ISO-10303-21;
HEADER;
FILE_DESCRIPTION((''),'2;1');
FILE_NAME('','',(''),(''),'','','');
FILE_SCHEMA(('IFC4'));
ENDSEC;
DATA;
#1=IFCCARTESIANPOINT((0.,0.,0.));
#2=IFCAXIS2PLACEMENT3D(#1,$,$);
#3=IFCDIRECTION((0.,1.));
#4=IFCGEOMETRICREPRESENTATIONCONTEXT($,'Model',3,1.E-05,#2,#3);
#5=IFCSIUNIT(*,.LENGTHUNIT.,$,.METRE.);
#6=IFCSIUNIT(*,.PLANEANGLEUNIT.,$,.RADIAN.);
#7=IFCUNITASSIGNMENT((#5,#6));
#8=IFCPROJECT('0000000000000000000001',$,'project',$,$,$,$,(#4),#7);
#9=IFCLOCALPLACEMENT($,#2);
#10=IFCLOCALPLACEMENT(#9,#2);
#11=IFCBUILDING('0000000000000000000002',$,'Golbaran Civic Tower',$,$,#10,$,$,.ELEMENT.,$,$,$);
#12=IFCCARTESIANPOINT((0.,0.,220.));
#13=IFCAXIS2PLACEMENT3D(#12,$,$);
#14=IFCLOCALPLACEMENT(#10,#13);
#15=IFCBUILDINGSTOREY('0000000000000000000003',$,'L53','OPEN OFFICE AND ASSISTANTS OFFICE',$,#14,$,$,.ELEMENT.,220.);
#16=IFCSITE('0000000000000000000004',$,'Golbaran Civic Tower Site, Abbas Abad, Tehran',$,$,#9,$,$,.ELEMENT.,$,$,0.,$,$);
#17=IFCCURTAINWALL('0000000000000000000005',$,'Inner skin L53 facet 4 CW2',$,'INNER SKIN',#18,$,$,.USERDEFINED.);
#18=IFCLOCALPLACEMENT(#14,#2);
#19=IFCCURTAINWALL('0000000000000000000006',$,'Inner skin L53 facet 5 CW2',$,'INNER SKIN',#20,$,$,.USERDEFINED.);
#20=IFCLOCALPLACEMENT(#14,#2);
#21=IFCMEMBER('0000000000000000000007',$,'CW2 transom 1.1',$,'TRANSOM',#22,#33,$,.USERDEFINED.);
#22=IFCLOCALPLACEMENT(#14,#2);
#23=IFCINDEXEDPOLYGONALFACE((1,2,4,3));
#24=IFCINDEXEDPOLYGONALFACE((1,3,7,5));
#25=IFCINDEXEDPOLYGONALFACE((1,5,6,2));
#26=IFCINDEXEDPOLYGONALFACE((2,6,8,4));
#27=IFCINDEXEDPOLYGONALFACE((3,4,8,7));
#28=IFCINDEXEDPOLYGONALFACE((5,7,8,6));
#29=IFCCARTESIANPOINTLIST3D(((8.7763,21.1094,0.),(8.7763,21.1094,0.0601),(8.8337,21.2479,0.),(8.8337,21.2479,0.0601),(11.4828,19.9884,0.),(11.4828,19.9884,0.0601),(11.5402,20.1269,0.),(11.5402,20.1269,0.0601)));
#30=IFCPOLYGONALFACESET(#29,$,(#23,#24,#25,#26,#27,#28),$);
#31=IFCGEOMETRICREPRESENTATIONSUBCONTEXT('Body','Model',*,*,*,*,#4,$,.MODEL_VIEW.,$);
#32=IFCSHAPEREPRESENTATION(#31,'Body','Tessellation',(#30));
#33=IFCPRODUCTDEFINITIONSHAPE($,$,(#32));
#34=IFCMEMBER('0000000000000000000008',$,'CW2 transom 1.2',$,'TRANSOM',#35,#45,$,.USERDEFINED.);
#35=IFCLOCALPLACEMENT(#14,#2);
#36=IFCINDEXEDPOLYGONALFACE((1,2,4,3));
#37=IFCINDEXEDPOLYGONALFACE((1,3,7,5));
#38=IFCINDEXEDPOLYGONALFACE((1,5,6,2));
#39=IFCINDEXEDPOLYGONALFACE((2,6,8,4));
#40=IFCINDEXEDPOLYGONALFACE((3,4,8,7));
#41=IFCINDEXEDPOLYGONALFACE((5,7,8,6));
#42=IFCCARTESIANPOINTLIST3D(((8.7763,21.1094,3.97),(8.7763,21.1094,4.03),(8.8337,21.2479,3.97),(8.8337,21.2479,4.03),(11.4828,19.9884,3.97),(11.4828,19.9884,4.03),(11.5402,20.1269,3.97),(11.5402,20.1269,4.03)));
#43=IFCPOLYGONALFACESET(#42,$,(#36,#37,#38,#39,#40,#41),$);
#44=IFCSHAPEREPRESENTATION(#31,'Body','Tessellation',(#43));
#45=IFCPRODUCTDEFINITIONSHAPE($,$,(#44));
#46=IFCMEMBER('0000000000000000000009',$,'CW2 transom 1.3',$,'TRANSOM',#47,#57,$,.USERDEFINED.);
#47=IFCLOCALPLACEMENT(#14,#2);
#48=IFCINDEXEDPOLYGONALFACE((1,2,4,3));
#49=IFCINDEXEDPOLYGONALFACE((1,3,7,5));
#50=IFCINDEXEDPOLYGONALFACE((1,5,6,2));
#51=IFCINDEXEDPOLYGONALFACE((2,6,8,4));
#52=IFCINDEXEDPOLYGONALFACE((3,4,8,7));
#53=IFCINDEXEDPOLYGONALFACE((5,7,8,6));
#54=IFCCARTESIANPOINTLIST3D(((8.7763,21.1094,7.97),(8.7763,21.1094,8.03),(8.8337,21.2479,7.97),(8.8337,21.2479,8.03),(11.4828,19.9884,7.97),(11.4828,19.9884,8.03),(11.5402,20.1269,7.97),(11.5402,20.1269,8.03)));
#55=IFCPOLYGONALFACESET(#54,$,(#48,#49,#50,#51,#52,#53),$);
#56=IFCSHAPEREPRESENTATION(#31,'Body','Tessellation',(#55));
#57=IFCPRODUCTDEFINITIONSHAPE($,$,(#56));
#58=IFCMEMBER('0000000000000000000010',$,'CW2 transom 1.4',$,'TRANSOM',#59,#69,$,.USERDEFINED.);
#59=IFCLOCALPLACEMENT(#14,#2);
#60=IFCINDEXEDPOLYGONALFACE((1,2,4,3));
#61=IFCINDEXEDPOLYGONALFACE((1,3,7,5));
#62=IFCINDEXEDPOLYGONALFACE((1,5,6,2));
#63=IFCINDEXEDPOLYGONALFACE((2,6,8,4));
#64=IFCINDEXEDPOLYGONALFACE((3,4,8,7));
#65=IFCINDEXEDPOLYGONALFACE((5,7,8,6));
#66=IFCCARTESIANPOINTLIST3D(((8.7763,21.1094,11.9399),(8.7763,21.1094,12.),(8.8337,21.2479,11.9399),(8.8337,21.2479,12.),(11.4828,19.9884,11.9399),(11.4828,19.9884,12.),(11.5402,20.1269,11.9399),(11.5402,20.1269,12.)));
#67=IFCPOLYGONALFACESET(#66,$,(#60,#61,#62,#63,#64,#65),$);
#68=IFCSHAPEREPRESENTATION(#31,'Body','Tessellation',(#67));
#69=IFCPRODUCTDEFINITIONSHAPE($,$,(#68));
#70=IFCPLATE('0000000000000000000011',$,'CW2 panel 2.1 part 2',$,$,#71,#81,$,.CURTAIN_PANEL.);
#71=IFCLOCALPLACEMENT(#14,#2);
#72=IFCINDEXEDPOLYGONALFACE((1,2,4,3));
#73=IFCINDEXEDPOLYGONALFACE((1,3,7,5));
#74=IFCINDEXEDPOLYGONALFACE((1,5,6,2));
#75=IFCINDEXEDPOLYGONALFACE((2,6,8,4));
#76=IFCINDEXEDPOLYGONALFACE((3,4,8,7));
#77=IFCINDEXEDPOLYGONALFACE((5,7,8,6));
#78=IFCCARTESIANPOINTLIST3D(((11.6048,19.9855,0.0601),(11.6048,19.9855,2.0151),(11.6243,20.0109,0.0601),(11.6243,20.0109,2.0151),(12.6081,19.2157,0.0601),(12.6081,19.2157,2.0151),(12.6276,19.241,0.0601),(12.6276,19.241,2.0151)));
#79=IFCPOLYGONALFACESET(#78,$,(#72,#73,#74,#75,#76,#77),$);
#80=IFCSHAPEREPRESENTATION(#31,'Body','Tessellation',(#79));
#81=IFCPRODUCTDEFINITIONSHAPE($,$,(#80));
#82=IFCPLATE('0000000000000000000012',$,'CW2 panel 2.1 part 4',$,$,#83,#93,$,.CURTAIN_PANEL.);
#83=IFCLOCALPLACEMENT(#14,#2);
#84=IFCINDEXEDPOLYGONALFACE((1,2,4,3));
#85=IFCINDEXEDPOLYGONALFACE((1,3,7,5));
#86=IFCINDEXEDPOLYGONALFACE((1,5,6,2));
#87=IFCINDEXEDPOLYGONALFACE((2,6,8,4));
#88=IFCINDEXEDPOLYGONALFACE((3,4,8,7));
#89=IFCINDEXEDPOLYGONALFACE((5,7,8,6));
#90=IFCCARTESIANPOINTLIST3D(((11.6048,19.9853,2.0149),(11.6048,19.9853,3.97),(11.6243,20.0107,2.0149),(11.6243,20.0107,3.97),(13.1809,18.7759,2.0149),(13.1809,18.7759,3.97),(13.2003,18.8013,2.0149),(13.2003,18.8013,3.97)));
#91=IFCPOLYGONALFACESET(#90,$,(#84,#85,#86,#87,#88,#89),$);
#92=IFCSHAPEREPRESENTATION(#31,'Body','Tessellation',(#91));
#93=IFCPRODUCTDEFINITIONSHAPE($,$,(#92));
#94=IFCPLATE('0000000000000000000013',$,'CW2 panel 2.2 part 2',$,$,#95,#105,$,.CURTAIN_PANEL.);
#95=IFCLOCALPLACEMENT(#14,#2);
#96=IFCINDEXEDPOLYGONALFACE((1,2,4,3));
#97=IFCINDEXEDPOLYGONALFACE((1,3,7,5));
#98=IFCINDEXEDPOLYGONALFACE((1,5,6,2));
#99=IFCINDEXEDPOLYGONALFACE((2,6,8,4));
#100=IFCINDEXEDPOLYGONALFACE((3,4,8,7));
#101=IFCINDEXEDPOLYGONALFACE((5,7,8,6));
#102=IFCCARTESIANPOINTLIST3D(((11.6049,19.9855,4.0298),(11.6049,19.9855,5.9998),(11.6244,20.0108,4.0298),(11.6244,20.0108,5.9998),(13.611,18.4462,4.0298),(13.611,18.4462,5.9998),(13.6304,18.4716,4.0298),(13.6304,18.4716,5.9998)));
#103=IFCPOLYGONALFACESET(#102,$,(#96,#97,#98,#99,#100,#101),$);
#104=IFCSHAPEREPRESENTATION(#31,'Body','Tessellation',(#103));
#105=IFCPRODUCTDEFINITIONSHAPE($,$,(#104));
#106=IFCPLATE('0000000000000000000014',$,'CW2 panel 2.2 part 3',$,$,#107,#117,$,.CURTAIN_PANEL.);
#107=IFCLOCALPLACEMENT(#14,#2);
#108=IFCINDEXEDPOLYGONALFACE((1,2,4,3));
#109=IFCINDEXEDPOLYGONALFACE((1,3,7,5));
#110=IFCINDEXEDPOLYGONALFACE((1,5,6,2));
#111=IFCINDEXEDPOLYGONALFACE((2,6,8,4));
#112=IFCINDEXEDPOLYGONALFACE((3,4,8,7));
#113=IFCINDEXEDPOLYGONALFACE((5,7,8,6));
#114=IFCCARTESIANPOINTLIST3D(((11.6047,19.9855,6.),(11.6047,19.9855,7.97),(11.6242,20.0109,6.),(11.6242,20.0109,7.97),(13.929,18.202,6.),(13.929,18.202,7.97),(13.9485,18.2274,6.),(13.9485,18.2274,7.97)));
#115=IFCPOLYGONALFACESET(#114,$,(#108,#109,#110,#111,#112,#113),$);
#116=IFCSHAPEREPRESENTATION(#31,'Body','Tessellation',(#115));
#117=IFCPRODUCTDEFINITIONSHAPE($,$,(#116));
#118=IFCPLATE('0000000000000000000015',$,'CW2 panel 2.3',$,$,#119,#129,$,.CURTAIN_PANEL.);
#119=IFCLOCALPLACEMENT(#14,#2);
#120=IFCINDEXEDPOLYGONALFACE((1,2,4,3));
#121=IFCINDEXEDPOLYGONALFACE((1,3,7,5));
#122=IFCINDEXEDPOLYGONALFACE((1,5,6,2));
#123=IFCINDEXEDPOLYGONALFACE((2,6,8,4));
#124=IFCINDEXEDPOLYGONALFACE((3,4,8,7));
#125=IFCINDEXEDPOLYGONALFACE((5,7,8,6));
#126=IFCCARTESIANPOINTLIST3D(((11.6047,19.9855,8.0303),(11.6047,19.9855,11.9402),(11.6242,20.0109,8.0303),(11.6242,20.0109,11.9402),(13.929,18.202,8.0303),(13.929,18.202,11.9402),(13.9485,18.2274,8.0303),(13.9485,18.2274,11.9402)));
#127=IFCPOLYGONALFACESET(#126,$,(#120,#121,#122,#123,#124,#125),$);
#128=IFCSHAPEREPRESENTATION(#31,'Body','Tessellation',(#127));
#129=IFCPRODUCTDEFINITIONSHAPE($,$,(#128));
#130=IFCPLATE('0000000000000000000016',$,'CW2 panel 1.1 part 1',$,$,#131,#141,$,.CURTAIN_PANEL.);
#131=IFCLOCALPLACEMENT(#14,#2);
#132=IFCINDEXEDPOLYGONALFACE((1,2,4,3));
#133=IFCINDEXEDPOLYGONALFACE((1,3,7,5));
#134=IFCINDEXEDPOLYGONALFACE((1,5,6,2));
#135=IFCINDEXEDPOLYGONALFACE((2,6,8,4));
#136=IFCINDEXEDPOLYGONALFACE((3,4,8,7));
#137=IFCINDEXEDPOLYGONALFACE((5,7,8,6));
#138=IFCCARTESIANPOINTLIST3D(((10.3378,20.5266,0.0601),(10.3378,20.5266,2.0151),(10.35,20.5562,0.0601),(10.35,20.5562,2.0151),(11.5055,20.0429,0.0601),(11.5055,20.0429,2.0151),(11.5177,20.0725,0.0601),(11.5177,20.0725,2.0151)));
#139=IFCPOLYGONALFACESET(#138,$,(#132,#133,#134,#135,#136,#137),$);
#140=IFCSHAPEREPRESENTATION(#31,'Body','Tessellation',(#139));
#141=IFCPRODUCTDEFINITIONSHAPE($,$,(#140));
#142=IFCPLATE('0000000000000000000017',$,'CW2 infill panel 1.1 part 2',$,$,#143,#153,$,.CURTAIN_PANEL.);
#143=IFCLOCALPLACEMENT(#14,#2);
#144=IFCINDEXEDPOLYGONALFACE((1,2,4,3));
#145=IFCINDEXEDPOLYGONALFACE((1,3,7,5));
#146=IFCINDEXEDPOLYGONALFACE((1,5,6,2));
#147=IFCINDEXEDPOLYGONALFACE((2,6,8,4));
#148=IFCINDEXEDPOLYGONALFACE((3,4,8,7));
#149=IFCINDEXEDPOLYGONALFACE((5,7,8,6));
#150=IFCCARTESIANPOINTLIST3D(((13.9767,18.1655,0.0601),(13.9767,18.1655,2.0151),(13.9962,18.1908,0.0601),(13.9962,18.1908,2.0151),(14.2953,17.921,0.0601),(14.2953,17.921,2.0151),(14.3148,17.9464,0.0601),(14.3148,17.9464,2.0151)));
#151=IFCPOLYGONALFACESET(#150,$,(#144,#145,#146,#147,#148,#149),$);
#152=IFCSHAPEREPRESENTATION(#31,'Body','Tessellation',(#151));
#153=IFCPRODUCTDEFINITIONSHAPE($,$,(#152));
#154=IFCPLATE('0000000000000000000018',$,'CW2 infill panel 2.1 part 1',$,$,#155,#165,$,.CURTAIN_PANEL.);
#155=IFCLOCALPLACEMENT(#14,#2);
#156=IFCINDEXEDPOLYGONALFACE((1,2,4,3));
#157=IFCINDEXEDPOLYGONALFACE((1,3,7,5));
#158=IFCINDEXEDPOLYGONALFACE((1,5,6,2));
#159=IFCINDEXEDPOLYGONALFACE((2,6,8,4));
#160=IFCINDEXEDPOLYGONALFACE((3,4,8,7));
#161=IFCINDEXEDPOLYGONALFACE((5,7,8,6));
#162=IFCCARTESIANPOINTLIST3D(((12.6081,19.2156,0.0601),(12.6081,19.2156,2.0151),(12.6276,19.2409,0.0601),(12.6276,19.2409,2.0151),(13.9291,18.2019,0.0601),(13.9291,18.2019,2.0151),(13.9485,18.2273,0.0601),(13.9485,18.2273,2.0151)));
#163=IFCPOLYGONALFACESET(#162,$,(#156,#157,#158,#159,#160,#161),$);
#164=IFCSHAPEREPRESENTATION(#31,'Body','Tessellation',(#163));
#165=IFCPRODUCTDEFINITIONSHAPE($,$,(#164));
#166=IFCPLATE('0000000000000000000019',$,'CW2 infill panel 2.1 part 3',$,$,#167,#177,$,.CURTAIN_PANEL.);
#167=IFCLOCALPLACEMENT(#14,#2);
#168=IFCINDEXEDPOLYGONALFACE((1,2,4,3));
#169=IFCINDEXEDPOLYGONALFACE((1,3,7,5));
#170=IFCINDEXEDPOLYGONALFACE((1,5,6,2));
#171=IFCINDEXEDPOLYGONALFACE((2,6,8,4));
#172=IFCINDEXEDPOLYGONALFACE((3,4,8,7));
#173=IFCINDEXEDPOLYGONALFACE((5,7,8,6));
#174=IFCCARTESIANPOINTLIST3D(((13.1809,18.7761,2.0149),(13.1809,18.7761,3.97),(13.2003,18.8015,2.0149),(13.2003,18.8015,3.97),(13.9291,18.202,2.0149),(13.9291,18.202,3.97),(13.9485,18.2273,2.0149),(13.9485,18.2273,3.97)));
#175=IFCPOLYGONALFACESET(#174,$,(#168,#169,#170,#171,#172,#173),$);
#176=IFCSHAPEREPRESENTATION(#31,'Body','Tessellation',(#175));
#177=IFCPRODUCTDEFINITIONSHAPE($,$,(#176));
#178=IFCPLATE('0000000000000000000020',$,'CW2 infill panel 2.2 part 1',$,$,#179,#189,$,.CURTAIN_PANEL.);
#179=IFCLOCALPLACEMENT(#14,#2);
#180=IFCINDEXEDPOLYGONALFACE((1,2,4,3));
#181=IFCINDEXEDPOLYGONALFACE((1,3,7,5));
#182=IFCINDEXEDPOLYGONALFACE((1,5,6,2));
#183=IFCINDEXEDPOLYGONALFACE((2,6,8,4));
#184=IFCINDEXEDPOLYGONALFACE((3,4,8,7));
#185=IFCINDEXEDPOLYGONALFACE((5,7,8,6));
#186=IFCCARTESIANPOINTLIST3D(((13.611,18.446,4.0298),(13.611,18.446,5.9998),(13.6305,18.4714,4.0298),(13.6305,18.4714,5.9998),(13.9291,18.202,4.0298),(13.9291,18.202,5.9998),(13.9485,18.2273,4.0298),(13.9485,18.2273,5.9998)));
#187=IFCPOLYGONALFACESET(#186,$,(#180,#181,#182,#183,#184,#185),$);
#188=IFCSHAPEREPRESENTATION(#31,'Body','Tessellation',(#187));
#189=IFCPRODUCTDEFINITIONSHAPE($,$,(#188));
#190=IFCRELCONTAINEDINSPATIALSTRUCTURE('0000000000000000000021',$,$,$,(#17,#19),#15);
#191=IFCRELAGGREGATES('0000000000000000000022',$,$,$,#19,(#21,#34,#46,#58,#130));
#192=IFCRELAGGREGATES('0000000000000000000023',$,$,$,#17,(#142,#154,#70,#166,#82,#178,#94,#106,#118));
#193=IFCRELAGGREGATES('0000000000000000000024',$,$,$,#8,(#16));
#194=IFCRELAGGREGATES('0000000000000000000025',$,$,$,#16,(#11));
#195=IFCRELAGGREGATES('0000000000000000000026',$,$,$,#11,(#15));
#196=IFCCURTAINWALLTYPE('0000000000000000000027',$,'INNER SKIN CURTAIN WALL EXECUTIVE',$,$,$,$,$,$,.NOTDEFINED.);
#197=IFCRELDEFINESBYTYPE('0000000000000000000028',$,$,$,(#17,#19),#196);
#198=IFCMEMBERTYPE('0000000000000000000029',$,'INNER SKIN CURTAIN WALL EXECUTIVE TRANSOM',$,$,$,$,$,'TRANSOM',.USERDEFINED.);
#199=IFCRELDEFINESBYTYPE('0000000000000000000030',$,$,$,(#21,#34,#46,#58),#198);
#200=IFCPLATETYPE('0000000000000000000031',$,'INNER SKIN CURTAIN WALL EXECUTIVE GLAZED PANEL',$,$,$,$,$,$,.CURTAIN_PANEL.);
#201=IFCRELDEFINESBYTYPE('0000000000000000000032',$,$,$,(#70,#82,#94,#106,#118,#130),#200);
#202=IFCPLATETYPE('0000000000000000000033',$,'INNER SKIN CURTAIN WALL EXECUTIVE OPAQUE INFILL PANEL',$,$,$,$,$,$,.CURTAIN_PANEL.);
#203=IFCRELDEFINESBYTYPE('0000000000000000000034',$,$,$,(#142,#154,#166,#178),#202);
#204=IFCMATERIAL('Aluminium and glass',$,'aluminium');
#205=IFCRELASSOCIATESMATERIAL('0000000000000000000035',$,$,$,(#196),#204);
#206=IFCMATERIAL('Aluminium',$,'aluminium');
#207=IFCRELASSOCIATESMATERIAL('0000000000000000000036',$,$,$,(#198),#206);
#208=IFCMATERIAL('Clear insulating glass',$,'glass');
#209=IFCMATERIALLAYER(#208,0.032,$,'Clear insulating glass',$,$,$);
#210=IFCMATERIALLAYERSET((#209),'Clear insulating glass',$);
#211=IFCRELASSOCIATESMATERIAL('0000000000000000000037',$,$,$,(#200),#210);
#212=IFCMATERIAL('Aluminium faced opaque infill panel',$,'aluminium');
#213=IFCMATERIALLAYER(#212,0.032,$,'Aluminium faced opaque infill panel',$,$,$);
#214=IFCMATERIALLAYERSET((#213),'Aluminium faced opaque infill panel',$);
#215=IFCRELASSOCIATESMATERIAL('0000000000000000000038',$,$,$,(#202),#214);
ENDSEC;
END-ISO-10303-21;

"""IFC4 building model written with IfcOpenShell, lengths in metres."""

from ifc_helpers import new_model, si_unit, direction, frame, origin, origin_2d, place, context, subcontext, project, spatial, rectangle, extrude, material, layer, layer_set, material_profile, profile_set, type_object, element, aggregate, save


model = new_model("IFC4")

# Units and contexts
model_context = context("Model", 3, precision=1e-05, world=origin(), true_north=direction((0.0, 1.0)))
body_context = subcontext(model_context, "Body", "Model", "MODEL_VIEW")
ifc_project = project(units=[si_unit("LENGTHUNIT", "METRE"), si_unit("PLANEANGLEUNIT", "RADIAN")], contexts=[model_context])

# Site, building, storey
site_placement = place(None, origin())
site = spatial("IfcSite", under=ifc_project, at=site_placement, Name="Golbaran Civic Tower Site, Abbas Abad, Tehran", CompositionType="ELEMENT", RefElevation=0.0)
building_placement = place(site_placement, origin())
building = spatial("IfcBuilding", under=site, at=building_placement, Name="Golbaran Civic Tower", CompositionType="ELEMENT")
storey_placement = place(building_placement, frame((0.0, 0.0, 220.0)))
storey = spatial("IfcBuildingStorey", under=building, at=storey_placement, Name="L53", Description="OPEN OFFICE AND ASSISTANTS OFFICE", CompositionType="ELEMENT", Elevation=220.0)

# Curtain wall
ifc_material_1 = material(Name="Aluminium and glass", Category="aluminium")
curtain_wall_type = type_object("IfcCurtainWallType", Name="INNER SKIN CURTAIN WALL EXECUTIVE", PredefinedType="NOTDEFINED", material=ifc_material_1)
curtain_wall_1_placement = place(storey_placement, origin())
curtain_wall_1 = element("IfcCurtainWall", 1, at=curtain_wall_1_placement, inside=storey, type_object=curtain_wall_type, Name="Inner skin L53 facet 4 CW2", ObjectType="INNER SKIN", PredefinedType="USERDEFINED")
ifc_material_2 = material(Name="Aluminium", Category="aluminium")

# Curtain wall
curtain_wall_2_placement = place(storey_placement, origin())
curtain_wall_2 = element("IfcCurtainWall", 2, at=curtain_wall_2_placement, inside=storey, type_object=curtain_wall_type, Name="Inner skin L53 facet 5 CW2", ObjectType="INNER SKIN", PredefinedType="USERDEFINED")

# Members
ifc_material_profile_1 = material_profile(ifc_material_2, rectangle(XDim=0.1499, YDim=0.0601, at=origin_2d()), Name="INNER SKIN CURTAIN WALL EXECUTIVE TRANSOM")
ifc_profile_set_1 = profile_set([ifc_material_profile_1], Name="Aluminium")
member_type_1 = type_object("IfcMemberType", Name="INNER SKIN CURTAIN WALL EXECUTIVE TRANSOM", ElementType="TRANSOM", PredefinedType="USERDEFINED", material=ifc_profile_set_1)
member_1_placement = place(storey_placement, frame((11.5115, 20.0576, 0.03), z_axis=(-0.923879, 0.382685, 0.0), x_axis=(-0.382685, -0.923879, 0.0)))
member_1 = element("IfcMember", 3, at=member_1_placement, type_object=member_type_1, Name="CW2 transom 1.1", ObjectType="TRANSOM", PredefinedType="USERDEFINED", context=body_context, shape_type="SweptSolid", body=[
    extrude(rectangle(XDim=0.1499, YDim=0.0601, at=origin_2d()), origin(), (0.0, 0.0, 1.0), 2.9294),
])
member_2_placement = place(storey_placement, frame((11.5115, 20.0576, 4.0), z_axis=(-0.923879, 0.382685, 0.0), x_axis=(-0.382685, -0.923879, 0.0)))
member_2 = element("IfcMember", 4, at=member_2_placement, type_object=member_type_1, Name="CW2 transom 1.2", ObjectType="TRANSOM", PredefinedType="USERDEFINED", context=body_context, shape_type="SweptSolid", body=[
    extrude(rectangle(XDim=0.1499, YDim=0.0601, at=origin_2d()), origin(), (0.0, 0.0, 1.0), 2.9294),
])
member_3_placement = place(storey_placement, frame((11.5115, 20.0576, 8.0), z_axis=(-0.923879, 0.382685, 0.0), x_axis=(-0.382685, -0.923879, 0.0)))
member_3 = element("IfcMember", 5, at=member_3_placement, type_object=member_type_1, Name="CW2 transom 1.3", ObjectType="TRANSOM", PredefinedType="USERDEFINED", context=body_context, shape_type="SweptSolid", body=[
    extrude(rectangle(XDim=0.1499, YDim=0.0601, at=origin_2d()), origin(), (0.0, 0.0, 1.0), 2.9294),
])
member_4_placement = place(storey_placement, frame((11.5115, 20.0576, 11.97), z_axis=(-0.923879, 0.382685, 0.0), x_axis=(-0.382685, -0.923879, 0.0)))
member_4 = element("IfcMember", 6, at=member_4_placement, type_object=member_type_1, Name="CW2 transom 1.4", ObjectType="TRANSOM", PredefinedType="USERDEFINED", context=body_context, shape_type="SweptSolid", body=[
    extrude(rectangle(XDim=0.1499, YDim=0.0601, at=origin_2d()), origin(), (0.0, 0.0, 1.0), 2.9294),
])

# Plates
ifc_material_3 = material(Name="Clear insulating glass", Category="glass")
ifc_layer_1 = layer(ifc_material_3, 0.032, Name="Clear insulating glass")
ifc_layer_set_1 = layer_set([ifc_layer_1], Name="Clear insulating glass")
plate_type_1 = type_object("IfcPlateType", Name="INNER SKIN CURTAIN WALL EXECUTIVE GLAZED PANEL", PredefinedType="CURTAIN_PANEL", material=ifc_layer_set_1)
plate_1_placement = place(storey_placement, frame((12.1162, 19.6133, 0.0601), z_axis=(0.0, 0.0, 1.0), x_axis=(-0.793353, 0.608761, 0.0)))
plate_1 = element("IfcPlate", 7, at=plate_1_placement, type_object=plate_type_1, Name="CW2 panel 2.1 part 2", PredefinedType="CURTAIN_PANEL", context=body_context, shape_type="SweptSolid", body=[
    extrude(rectangle(XDim=1.2646, YDim=0.032, at=origin_2d()), origin(), (0.0, 0.0, 1.0), 1.9551),
])
plate_2_placement = place(storey_placement, frame((12.4026, 19.3933, 2.0149), z_axis=(0.0, 0.0, 1.0), x_axis=(-0.793353, 0.608761, 0.0)))
plate_2 = element("IfcPlate", 8, at=plate_2_placement, type_object=plate_type_1, Name="CW2 panel 2.1 part 4", PredefinedType="CURTAIN_PANEL", context=body_context, shape_type="SweptSolid", body=[
    extrude(rectangle(XDim=1.9866, YDim=0.032, at=origin_2d()), origin(), (0.0, 0.0, 1.0), 1.9551),
])
plate_3_placement = place(storey_placement, frame((12.6177, 19.2285, 4.0298), z_axis=(0.0, 0.0, 1.0), x_axis=(-0.793353, 0.608761, 0.0)))
plate_3 = element("IfcPlate", 9, at=plate_3_placement, type_object=plate_type_1, Name="CW2 panel 2.2 part 2", PredefinedType="CURTAIN_PANEL", context=body_context, shape_type="SweptSolid", body=[
    extrude(rectangle(XDim=2.5286, YDim=0.032, at=origin_2d()), origin(), (0.0, 0.0, 1.0), 1.97),
])
plate_4_placement = place(storey_placement, frame((12.7766, 19.1064, 6.0), z_axis=(0.0, 0.0, 1.0), x_axis=(-0.793353, 0.608761, 0.0)))
plate_4 = element("IfcPlate", 10, at=plate_4_placement, type_object=plate_type_1, Name="CW2 panel 2.2 part 3", PredefinedType="CURTAIN_PANEL", context=body_context, shape_type="SweptSolid", body=[
    extrude(rectangle(XDim=2.9297, YDim=0.032, at=origin_2d()), origin(), (0.0, 0.0, 1.0), 1.97),
])
plate_5_placement = place(storey_placement, frame((12.7766, 19.1064, 8.0303), z_axis=(0.0, 0.0, 1.0), x_axis=(-0.793353, 0.608761, 0.0)))
plate_5 = element("IfcPlate", 11, at=plate_5_placement, type_object=plate_type_1, Name="CW2 panel 2.3", PredefinedType="CURTAIN_PANEL", context=body_context, shape_type="SweptSolid", body=[
    extrude(rectangle(XDim=2.9297, YDim=0.032, at=origin_2d()), origin(), (0.0, 0.0, 1.0), 3.9099),
])
plate_6_placement = place(storey_placement, frame((10.9277, 20.2996, 0.0601), z_axis=(0.0, 0.0, 1.0), x_axis=(-0.92388, 0.382683, 0.0)))
plate_6 = element("IfcPlate", 12, at=plate_6_placement, type_object=plate_type_1, Name="CW2 panel 1.1 part 1", PredefinedType="CURTAIN_PANEL", context=body_context, shape_type="SweptSolid", body=[
    extrude(rectangle(XDim=1.2639, YDim=0.032, at=origin_2d()), origin(), (0.0, 0.0, 1.0), 1.9551),
])
aggregate(curtain_wall_2, [member_1, member_2, member_3, member_4, plate_6])
ifc_material_4 = material(Name="Aluminium faced opaque infill panel", Category="aluminium")
ifc_layer_2 = layer(ifc_material_4, 0.032, Name="Aluminium faced opaque infill panel")
ifc_layer_set_2 = layer_set([ifc_layer_2], Name="Aluminium faced opaque infill panel")
plate_type_2 = type_object("IfcPlateType", Name="INNER SKIN CURTAIN WALL EXECUTIVE OPAQUE INFILL PANEL", PredefinedType="CURTAIN_PANEL", material=ifc_layer_set_2)
plate_7_placement = place(storey_placement, frame((14.1458, 18.0559, 0.0601), z_axis=(0.0, 0.0, 1.0), x_axis=(-0.793353, 0.608761, 0.0)))
plate_7 = element("IfcPlate", 13, at=plate_7_placement, type_object=plate_type_2, Name="CW2 infill panel 1.1 part 2", PredefinedType="CURTAIN_PANEL", context=body_context, shape_type="SweptSolid", body=[
    extrude(rectangle(XDim=0.4016, YDim=0.032, at=origin_2d()), origin(), (0.0, 0.0, 1.0), 1.9551),
])
plate_8_placement = place(storey_placement, frame((13.2783, 18.7214, 0.0601), z_axis=(0.0, 0.0, 1.0), x_axis=(-0.793353, 0.608761, 0.0)))
plate_8 = element("IfcPlate", 14, at=plate_8_placement, type_object=plate_type_2, Name="CW2 infill panel 2.1 part 1", PredefinedType="CURTAIN_PANEL", context=body_context, shape_type="SweptSolid", body=[
    extrude(rectangle(XDim=1.665, YDim=0.032, at=origin_2d()), origin(), (0.0, 0.0, 1.0), 1.9551),
])
plate_9_placement = place(storey_placement, frame((13.5647, 18.5017, 2.0149), z_axis=(0.0, 0.0, 1.0), x_axis=(-0.793353, 0.608761, 0.0)))
plate_9 = element("IfcPlate", 15, at=plate_9_placement, type_object=plate_type_2, Name="CW2 infill panel 2.1 part 3", PredefinedType="CURTAIN_PANEL", context=body_context, shape_type="SweptSolid", body=[
    extrude(rectangle(XDim=0.9431, YDim=0.032, at=origin_2d()), origin(), (0.0, 0.0, 1.0), 1.9551),
])
plate_10_placement = place(storey_placement, frame((13.7798, 18.3367, 4.0298), z_axis=(0.0, 0.0, 1.0), x_axis=(-0.793353, 0.608761, 0.0)))
plate_10 = element("IfcPlate", 16, at=plate_10_placement, type_object=plate_type_2, Name="CW2 infill panel 2.2 part 1", PredefinedType="CURTAIN_PANEL", context=body_context, shape_type="SweptSolid", body=[
    extrude(rectangle(XDim=0.4009, YDim=0.032, at=origin_2d()), origin(), (0.0, 0.0, 1.0), 1.97),
])
aggregate(curtain_wall_1, [plate_7, plate_8, plate_1, plate_9, plate_2, plate_10, plate_3, plate_4, plate_5])

save(model, "model.ifc")
